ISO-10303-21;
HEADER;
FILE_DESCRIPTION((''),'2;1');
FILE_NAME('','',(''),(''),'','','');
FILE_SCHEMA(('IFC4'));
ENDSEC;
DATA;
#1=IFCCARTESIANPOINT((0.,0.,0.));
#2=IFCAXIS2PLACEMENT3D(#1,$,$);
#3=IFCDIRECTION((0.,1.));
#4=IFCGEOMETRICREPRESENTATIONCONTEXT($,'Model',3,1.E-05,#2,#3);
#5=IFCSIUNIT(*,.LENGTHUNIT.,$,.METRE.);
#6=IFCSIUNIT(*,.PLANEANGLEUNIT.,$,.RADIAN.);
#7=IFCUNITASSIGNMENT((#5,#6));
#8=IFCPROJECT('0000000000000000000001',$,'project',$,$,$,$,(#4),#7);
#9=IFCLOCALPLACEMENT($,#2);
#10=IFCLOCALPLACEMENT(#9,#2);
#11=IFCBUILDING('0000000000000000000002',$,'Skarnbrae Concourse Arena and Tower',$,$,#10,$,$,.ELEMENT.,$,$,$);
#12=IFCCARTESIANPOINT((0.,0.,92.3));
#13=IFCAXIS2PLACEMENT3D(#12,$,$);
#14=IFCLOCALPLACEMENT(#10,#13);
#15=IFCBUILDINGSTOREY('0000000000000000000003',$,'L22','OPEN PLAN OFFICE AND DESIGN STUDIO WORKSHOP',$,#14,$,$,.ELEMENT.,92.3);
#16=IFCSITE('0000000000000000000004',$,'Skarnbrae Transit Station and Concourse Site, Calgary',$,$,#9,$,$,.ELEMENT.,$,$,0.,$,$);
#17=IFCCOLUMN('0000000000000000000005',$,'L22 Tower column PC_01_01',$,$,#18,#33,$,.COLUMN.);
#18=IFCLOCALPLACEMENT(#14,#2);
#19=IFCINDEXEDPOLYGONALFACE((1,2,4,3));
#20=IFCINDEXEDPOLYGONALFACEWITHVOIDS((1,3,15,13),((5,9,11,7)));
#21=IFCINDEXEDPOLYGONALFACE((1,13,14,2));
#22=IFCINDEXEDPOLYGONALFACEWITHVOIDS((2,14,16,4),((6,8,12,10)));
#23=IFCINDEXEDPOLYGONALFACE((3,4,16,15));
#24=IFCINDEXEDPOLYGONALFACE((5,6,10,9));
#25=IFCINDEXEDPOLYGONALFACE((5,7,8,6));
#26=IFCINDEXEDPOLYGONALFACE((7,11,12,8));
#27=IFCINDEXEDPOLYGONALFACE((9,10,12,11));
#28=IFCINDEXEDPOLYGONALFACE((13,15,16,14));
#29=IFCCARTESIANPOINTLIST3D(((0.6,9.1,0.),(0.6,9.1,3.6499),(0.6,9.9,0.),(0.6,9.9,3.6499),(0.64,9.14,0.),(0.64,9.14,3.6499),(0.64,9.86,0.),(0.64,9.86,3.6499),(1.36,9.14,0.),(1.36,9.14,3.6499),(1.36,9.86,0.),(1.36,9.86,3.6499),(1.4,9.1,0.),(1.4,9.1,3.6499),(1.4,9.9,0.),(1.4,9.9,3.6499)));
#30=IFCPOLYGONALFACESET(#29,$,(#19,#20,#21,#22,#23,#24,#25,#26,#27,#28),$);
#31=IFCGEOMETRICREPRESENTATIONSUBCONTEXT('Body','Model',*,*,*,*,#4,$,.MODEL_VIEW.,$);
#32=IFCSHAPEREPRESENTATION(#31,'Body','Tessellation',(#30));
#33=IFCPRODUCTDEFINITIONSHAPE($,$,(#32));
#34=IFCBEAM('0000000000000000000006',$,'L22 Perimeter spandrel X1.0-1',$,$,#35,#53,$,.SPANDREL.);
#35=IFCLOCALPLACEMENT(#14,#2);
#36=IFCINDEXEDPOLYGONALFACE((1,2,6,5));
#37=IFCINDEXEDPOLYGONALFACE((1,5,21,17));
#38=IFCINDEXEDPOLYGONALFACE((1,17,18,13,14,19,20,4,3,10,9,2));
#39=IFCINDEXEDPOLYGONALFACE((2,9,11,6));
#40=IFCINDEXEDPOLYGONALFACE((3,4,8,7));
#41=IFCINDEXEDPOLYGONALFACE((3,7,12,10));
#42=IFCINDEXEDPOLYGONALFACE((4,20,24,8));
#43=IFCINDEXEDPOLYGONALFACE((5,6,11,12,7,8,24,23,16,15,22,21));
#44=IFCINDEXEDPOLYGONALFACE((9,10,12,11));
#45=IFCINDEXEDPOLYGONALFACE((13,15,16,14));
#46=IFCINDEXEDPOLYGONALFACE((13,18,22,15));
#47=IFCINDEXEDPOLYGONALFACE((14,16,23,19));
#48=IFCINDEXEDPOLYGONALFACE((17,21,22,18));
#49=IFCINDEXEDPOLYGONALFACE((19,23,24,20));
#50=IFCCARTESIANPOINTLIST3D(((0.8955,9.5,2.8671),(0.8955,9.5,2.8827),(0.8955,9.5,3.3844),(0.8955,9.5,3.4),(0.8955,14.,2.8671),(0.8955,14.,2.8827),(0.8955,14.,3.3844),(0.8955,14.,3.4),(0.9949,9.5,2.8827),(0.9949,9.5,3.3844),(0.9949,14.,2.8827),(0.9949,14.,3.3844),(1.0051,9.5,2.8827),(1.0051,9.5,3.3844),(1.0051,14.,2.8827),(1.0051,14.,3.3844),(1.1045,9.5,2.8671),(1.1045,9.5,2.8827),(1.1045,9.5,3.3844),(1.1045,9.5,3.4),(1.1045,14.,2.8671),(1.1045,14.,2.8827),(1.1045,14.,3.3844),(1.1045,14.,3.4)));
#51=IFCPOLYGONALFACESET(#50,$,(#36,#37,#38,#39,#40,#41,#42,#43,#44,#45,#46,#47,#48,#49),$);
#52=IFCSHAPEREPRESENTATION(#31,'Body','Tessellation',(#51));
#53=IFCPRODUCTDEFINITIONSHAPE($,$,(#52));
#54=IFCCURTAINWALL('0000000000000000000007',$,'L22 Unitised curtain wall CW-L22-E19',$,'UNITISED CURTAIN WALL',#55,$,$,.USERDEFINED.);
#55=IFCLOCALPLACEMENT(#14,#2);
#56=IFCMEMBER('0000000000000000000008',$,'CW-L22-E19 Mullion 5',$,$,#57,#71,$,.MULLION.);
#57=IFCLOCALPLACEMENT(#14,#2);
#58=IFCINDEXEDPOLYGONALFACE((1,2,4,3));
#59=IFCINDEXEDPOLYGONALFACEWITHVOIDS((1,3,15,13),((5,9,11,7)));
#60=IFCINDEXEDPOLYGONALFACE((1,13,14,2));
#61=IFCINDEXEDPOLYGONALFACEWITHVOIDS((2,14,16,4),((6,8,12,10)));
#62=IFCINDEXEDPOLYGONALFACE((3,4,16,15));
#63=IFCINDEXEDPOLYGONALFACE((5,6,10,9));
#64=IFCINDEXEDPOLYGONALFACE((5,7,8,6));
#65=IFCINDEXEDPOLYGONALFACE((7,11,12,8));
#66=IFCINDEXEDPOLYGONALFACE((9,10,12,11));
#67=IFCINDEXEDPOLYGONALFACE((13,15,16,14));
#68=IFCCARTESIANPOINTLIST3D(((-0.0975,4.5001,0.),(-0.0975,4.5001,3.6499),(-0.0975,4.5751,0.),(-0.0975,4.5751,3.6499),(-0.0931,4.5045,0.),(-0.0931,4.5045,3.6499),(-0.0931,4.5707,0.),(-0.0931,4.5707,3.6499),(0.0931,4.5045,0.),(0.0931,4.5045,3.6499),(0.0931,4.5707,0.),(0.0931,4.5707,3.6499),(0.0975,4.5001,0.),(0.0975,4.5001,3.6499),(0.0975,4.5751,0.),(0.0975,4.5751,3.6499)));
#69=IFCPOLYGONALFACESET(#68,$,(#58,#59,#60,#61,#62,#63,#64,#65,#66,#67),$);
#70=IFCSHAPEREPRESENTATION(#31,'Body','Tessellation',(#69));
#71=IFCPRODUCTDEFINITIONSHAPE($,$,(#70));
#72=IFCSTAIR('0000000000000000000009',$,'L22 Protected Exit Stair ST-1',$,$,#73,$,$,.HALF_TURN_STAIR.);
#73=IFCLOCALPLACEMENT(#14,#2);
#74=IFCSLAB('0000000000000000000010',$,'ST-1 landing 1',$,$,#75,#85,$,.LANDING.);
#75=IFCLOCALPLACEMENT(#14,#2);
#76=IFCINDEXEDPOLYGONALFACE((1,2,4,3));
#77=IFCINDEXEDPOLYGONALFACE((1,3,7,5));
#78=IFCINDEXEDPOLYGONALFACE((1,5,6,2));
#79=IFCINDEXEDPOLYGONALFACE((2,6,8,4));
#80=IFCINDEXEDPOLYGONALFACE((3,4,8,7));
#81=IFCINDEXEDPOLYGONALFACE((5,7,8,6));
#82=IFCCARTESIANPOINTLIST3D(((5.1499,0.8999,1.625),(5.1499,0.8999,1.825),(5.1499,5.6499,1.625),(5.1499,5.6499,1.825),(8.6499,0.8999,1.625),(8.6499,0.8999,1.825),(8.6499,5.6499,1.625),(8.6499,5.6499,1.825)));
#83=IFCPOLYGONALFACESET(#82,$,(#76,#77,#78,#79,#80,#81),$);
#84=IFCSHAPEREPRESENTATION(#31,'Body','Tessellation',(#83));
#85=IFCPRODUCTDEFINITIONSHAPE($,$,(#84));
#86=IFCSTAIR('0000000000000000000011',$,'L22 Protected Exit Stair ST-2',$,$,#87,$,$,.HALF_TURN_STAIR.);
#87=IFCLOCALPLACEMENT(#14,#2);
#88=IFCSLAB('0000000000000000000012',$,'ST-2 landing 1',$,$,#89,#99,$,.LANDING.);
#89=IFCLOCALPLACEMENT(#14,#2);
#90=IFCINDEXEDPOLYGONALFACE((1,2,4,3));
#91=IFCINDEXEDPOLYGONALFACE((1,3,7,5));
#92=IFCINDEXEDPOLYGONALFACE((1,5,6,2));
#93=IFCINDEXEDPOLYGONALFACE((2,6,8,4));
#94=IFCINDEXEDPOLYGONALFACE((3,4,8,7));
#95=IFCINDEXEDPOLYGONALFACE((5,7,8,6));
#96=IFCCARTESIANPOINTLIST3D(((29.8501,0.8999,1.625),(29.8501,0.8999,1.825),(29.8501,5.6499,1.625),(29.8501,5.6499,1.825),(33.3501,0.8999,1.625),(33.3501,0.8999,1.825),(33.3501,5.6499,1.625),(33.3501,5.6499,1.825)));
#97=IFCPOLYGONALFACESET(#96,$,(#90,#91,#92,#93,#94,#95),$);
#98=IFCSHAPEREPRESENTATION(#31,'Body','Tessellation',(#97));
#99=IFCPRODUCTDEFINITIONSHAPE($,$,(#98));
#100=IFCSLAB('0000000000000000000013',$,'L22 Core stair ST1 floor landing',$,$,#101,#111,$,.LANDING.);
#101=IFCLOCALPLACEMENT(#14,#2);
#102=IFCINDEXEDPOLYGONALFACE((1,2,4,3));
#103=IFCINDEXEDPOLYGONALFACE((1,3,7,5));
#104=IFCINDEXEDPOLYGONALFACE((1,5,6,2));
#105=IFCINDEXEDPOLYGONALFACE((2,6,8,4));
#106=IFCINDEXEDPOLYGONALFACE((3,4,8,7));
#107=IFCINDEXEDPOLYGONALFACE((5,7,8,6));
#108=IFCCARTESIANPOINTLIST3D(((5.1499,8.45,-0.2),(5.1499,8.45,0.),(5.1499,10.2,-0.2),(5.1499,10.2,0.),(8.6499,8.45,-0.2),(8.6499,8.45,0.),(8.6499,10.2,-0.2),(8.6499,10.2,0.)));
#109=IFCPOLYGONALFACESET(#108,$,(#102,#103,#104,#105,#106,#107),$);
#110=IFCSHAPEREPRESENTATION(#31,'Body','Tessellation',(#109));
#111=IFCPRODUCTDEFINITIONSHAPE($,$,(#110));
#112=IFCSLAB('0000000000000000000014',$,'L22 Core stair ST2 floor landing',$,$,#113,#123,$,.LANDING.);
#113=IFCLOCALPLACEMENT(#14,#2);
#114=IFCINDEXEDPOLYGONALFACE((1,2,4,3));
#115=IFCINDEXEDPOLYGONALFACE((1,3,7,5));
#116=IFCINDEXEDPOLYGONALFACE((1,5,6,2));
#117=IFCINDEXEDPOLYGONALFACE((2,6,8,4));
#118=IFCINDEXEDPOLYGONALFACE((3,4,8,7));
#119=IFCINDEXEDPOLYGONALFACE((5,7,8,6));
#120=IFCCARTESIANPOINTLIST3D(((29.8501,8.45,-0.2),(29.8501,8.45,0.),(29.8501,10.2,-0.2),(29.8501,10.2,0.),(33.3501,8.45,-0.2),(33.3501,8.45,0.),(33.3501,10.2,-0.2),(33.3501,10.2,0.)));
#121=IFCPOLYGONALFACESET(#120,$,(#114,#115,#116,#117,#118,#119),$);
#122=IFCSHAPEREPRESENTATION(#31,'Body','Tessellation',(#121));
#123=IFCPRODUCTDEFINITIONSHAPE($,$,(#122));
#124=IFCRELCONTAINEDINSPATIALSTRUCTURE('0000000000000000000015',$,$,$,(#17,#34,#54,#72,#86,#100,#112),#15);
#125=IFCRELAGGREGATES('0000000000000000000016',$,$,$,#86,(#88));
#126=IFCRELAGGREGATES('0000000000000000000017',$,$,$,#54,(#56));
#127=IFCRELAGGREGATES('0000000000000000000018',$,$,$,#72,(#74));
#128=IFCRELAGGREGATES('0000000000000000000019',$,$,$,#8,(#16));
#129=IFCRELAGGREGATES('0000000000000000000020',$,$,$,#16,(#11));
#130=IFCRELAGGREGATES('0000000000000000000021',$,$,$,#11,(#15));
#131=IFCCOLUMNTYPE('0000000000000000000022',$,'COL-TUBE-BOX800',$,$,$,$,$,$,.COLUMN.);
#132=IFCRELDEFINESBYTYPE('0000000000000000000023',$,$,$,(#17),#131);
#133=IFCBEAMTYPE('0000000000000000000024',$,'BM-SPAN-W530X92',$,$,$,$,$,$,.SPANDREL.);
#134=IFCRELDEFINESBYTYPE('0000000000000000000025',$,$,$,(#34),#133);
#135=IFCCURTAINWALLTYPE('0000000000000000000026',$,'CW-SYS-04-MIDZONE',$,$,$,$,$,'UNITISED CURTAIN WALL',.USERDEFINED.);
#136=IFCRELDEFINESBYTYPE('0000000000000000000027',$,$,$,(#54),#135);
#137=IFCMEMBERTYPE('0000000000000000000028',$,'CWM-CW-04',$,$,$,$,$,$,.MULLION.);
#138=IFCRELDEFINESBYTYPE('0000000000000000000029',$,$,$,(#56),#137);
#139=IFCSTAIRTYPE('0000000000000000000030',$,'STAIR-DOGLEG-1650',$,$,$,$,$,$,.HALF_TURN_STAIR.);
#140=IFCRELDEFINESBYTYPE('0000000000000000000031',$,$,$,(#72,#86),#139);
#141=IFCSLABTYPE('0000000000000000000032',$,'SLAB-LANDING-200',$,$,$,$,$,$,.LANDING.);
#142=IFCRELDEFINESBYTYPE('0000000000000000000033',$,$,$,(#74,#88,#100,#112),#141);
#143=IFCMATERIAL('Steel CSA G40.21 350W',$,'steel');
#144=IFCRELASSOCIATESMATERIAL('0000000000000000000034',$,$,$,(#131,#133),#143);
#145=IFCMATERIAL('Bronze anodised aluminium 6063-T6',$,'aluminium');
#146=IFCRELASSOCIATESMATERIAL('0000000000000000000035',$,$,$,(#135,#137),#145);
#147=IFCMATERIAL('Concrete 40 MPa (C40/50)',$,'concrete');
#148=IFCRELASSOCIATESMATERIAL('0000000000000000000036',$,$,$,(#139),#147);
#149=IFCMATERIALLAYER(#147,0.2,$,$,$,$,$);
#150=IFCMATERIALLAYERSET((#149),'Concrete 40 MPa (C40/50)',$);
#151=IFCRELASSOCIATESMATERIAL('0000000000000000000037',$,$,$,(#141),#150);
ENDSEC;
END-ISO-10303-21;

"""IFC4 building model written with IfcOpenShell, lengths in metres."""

from ifc_helpers import new_model, si_unit, direction, frame, origin, origin_2d, place, context, subcontext, project, spatial, polyline, hollow_rectangle, i_section, outline, extrude, source, transform, mapped, material, layer, layer_set, material_profile, profile_set, type_object, element, aggregate, save


model = new_model("IFC4")

# Units and contexts
model_context = context("Model", 3, precision=1e-05, world=origin(), true_north=direction((0.0, 1.0)))
body_context = subcontext(model_context, "Body", "Model", "MODEL_VIEW")
ifc_project = project(units=[si_unit("LENGTHUNIT", "METRE"), si_unit("PLANEANGLEUNIT", "RADIAN")], contexts=[model_context])

# Site, building, storey
site_placement = place(None, origin())
site = spatial("IfcSite", under=ifc_project, at=site_placement, Name="Skarnbrae Transit Station and Concourse Site, Calgary", CompositionType="ELEMENT", RefElevation=0.0)
building_placement = place(site_placement, origin())
building = spatial("IfcBuilding", under=site, at=building_placement, Name="Skarnbrae Concourse Arena and Tower", CompositionType="ELEMENT")
storey_placement = place(building_placement, frame((0.0, 0.0, 92.3)))
storey = spatial("IfcBuildingStorey", under=building, at=storey_placement, Name="L22", Description="OPEN PLAN OFFICE AND DESIGN STUDIO WORKSHOP", CompositionType="ELEMENT", Elevation=92.3)

# Column
ifc_material_1 = material(Name="Steel CSA G40.21 350W", Category="steel")
ifc_material_profile_1 = material_profile(ifc_material_1, hollow_rectangle(XDim=0.8, YDim=0.8, WallThickness=0.04, at=origin_2d()), Name="BOX800X800X40")
ifc_profile_set_1 = profile_set([ifc_material_profile_1], Name="Steel CSA G40.21 350W")
column_type = type_object("IfcColumnType", Name="COL-TUBE-BOX800", PredefinedType="COLUMN", material=ifc_profile_set_1)
shared_shape_1 = source(origin(), body_context, "Body", "SweptSolid", [
    extrude(hollow_rectangle(XDim=0.8, YDim=0.8, WallThickness=0.04, at=origin_2d()), origin(), (0.0, 0.0, 1.0), 3.6499),
])
column_placement = place(storey_placement, frame((1.0, 9.5, 0.0), z_axis=(0.0, 0.0, 1.0), x_axis=(1.0, 0.0, 0.0)))
element("IfcColumn", 1, at=column_placement, inside=storey, type_object=column_type, Name="L22 Tower column PC_01_01", PredefinedType="COLUMN", context=body_context, shape_type="MappedRepresentation", body=[
    mapped(shared_shape_1, transform((0.0, 0.0, 0.0))),
])

# Beam
ifc_material_profile_2 = material_profile(ifc_material_1, i_section(OverallWidth=0.209, OverallDepth=0.533, WebThickness=0.0103, FlangeThickness=0.0156, at=origin_2d()), Name="W530X92")
ifc_profile_set_2 = profile_set([ifc_material_profile_2], Name="Steel CSA G40.21 350W")
beam_type = type_object("IfcBeamType", Name="BM-SPAN-W530X92", PredefinedType="SPANDREL", material=ifc_profile_set_2)
shared_shape_2 = source(origin(), body_context, "Body", "SweptSolid", [
    extrude(i_section(OverallWidth=0.209, OverallDepth=0.533, WebThickness=0.0103, FlangeThickness=0.0156, at=origin_2d()), origin(), (0.0, 0.0, 1.0), 4.5),
])
beam_placement = place(storey_placement, frame((1.0, 9.5, 3.1335), z_axis=(0.0, 1.0, 0.0), x_axis=(-1.0, 0.0, 0.0)))
element("IfcBeam", 2, at=beam_placement, inside=storey, type_object=beam_type, Name="L22 Perimeter spandrel X1.0-1", PredefinedType="SPANDREL", context=body_context, shape_type="MappedRepresentation", body=[
    mapped(shared_shape_2, transform((0.0, 0.0, 0.0))),
])

# Curtain wall, member
ifc_material_2 = material(Name="Bronze anodised aluminium 6063-T6", Category="aluminium")
curtain_wall_type = type_object("IfcCurtainWallType", Name="CW-SYS-04-MIDZONE", ElementType="UNITISED CURTAIN WALL", PredefinedType="USERDEFINED", material=ifc_material_2)
curtain_wall_placement = place(storey_placement, origin())
curtain_wall = element("IfcCurtainWall", 3, at=curtain_wall_placement, inside=storey, type_object=curtain_wall_type, Name="L22 Unitised curtain wall CW-L22-E19", ObjectType="UNITISED CURTAIN WALL", PredefinedType="USERDEFINED")
ifc_material_profile_3 = material_profile(ifc_material_2, hollow_rectangle(XDim=0.075, YDim=0.1951, WallThickness=0.0044, at=origin_2d()), Name="ALU-MULL-75X195")
ifc_profile_set_3 = profile_set([ifc_material_profile_3], Name="Bronze anodised aluminium 6063-T6")
member_type = type_object("IfcMemberType", Name="CWM-CW-04", PredefinedType="MULLION", material=ifc_profile_set_3)
shared_shape_3 = source(origin(), body_context, "Body", "SweptSolid", [
    extrude(hollow_rectangle(XDim=0.075, YDim=0.1951, WallThickness=0.0044, at=origin_2d()), origin(), (0.0, 0.0, 1.0), 3.6499),
])
member_placement = place(storey_placement, frame((0.0, 4.5376, 0.0), z_axis=(0.0, 0.0, 1.0), x_axis=(0.0, -1.0, 0.0)))
member = element("IfcMember", 4, at=member_placement, type_object=member_type, Name="CW-L22-E19 Mullion 5", PredefinedType="MULLION", context=body_context, shape_type="MappedRepresentation", body=[
    mapped(shared_shape_3, transform((0.0, 0.0, 0.0))),
])

# Stairs, slabs
ifc_material_3 = material(Name="Concrete 40 MPa (C40/50)", Category="concrete")
stair_type = type_object("IfcStairType", Name="STAIR-DOGLEG-1650", PredefinedType="HALF_TURN_STAIR", material=ifc_material_3)
stair_1_placement = place(storey_placement, origin())
stair_1 = element("IfcStair", 5, at=stair_1_placement, inside=storey, type_object=stair_type, Name="L22 Protected Exit Stair ST-1", PredefinedType="HALF_TURN_STAIR")
ifc_layer_1 = layer(ifc_material_3, 0.2)
ifc_layer_set_1 = layer_set([ifc_layer_1], Name="Concrete 40 MPa (C40/50)")
slab_type_1 = type_object("IfcSlabType", Name="SLAB-LANDING-200", PredefinedType="LANDING", material=ifc_layer_set_1)
slab_1_placement = place(storey_placement, frame((0.0, 0.0, 1.625)))
slab_1 = element("IfcSlab", 6, at=slab_1_placement, type_object=slab_type_1, Name="ST-1 landing 1", PredefinedType="LANDING", context=body_context, shape_type="SweptSolid", body=[
    extrude(outline(polyline([(5.1499, 5.6499), (5.1499, 0.8999), (8.6499, 0.8999), (8.6499, 5.6499), (5.1499, 5.6499)])), origin(), (0.0, 0.0, 1.0), 0.2),
])
stair_2_placement = place(storey_placement, origin())
stair_2 = element("IfcStair", 7, at=stair_2_placement, inside=storey, type_object=stair_type, Name="L22 Protected Exit Stair ST-2", PredefinedType="HALF_TURN_STAIR")
slab_2_placement = place(storey_placement, frame((0.0, 0.0, 1.625)))
slab_2 = element("IfcSlab", 8, at=slab_2_placement, type_object=slab_type_1, Name="ST-2 landing 1", PredefinedType="LANDING", context=body_context, shape_type="SweptSolid", body=[
    extrude(outline(polyline([(29.8501, 5.6499), (29.8501, 0.8999), (33.3501, 0.8999), (33.3501, 5.6499), (29.8501, 5.6499)])), origin(), (0.0, 0.0, 1.0), 0.2),
])
aggregate(stair_2, [slab_2])

# Slabs
slab_3_placement = place(storey_placement, frame((0.0, 0.0, -0.2)))
element("IfcSlab", 9, at=slab_3_placement, inside=storey, type_object=slab_type_1, Name="L22 Core stair ST1 floor landing", PredefinedType="LANDING", context=body_context, shape_type="SweptSolid", body=[
    extrude(outline(polyline([(5.1499, 10.2), (5.1499, 8.45), (8.6499, 8.45), (8.6499, 10.2), (5.1499, 10.2)])), origin(), (0.0, 0.0, 1.0), 0.2),
])
slab_4_placement = place(storey_placement, frame((0.0, 0.0, -0.2)))
element("IfcSlab", 10, at=slab_4_placement, inside=storey, type_object=slab_type_1, Name="L22 Core stair ST2 floor landing", PredefinedType="LANDING", context=body_context, shape_type="SweptSolid", body=[
    extrude(outline(polyline([(29.8501, 10.2), (29.8501, 8.45), (33.3501, 8.45), (33.3501, 10.2), (29.8501, 10.2)])), origin(), (0.0, 0.0, 1.0), 0.2),
])

aggregate(curtain_wall, [member])

aggregate(stair_1, [slab_1])

save(model, "model.ifc")
